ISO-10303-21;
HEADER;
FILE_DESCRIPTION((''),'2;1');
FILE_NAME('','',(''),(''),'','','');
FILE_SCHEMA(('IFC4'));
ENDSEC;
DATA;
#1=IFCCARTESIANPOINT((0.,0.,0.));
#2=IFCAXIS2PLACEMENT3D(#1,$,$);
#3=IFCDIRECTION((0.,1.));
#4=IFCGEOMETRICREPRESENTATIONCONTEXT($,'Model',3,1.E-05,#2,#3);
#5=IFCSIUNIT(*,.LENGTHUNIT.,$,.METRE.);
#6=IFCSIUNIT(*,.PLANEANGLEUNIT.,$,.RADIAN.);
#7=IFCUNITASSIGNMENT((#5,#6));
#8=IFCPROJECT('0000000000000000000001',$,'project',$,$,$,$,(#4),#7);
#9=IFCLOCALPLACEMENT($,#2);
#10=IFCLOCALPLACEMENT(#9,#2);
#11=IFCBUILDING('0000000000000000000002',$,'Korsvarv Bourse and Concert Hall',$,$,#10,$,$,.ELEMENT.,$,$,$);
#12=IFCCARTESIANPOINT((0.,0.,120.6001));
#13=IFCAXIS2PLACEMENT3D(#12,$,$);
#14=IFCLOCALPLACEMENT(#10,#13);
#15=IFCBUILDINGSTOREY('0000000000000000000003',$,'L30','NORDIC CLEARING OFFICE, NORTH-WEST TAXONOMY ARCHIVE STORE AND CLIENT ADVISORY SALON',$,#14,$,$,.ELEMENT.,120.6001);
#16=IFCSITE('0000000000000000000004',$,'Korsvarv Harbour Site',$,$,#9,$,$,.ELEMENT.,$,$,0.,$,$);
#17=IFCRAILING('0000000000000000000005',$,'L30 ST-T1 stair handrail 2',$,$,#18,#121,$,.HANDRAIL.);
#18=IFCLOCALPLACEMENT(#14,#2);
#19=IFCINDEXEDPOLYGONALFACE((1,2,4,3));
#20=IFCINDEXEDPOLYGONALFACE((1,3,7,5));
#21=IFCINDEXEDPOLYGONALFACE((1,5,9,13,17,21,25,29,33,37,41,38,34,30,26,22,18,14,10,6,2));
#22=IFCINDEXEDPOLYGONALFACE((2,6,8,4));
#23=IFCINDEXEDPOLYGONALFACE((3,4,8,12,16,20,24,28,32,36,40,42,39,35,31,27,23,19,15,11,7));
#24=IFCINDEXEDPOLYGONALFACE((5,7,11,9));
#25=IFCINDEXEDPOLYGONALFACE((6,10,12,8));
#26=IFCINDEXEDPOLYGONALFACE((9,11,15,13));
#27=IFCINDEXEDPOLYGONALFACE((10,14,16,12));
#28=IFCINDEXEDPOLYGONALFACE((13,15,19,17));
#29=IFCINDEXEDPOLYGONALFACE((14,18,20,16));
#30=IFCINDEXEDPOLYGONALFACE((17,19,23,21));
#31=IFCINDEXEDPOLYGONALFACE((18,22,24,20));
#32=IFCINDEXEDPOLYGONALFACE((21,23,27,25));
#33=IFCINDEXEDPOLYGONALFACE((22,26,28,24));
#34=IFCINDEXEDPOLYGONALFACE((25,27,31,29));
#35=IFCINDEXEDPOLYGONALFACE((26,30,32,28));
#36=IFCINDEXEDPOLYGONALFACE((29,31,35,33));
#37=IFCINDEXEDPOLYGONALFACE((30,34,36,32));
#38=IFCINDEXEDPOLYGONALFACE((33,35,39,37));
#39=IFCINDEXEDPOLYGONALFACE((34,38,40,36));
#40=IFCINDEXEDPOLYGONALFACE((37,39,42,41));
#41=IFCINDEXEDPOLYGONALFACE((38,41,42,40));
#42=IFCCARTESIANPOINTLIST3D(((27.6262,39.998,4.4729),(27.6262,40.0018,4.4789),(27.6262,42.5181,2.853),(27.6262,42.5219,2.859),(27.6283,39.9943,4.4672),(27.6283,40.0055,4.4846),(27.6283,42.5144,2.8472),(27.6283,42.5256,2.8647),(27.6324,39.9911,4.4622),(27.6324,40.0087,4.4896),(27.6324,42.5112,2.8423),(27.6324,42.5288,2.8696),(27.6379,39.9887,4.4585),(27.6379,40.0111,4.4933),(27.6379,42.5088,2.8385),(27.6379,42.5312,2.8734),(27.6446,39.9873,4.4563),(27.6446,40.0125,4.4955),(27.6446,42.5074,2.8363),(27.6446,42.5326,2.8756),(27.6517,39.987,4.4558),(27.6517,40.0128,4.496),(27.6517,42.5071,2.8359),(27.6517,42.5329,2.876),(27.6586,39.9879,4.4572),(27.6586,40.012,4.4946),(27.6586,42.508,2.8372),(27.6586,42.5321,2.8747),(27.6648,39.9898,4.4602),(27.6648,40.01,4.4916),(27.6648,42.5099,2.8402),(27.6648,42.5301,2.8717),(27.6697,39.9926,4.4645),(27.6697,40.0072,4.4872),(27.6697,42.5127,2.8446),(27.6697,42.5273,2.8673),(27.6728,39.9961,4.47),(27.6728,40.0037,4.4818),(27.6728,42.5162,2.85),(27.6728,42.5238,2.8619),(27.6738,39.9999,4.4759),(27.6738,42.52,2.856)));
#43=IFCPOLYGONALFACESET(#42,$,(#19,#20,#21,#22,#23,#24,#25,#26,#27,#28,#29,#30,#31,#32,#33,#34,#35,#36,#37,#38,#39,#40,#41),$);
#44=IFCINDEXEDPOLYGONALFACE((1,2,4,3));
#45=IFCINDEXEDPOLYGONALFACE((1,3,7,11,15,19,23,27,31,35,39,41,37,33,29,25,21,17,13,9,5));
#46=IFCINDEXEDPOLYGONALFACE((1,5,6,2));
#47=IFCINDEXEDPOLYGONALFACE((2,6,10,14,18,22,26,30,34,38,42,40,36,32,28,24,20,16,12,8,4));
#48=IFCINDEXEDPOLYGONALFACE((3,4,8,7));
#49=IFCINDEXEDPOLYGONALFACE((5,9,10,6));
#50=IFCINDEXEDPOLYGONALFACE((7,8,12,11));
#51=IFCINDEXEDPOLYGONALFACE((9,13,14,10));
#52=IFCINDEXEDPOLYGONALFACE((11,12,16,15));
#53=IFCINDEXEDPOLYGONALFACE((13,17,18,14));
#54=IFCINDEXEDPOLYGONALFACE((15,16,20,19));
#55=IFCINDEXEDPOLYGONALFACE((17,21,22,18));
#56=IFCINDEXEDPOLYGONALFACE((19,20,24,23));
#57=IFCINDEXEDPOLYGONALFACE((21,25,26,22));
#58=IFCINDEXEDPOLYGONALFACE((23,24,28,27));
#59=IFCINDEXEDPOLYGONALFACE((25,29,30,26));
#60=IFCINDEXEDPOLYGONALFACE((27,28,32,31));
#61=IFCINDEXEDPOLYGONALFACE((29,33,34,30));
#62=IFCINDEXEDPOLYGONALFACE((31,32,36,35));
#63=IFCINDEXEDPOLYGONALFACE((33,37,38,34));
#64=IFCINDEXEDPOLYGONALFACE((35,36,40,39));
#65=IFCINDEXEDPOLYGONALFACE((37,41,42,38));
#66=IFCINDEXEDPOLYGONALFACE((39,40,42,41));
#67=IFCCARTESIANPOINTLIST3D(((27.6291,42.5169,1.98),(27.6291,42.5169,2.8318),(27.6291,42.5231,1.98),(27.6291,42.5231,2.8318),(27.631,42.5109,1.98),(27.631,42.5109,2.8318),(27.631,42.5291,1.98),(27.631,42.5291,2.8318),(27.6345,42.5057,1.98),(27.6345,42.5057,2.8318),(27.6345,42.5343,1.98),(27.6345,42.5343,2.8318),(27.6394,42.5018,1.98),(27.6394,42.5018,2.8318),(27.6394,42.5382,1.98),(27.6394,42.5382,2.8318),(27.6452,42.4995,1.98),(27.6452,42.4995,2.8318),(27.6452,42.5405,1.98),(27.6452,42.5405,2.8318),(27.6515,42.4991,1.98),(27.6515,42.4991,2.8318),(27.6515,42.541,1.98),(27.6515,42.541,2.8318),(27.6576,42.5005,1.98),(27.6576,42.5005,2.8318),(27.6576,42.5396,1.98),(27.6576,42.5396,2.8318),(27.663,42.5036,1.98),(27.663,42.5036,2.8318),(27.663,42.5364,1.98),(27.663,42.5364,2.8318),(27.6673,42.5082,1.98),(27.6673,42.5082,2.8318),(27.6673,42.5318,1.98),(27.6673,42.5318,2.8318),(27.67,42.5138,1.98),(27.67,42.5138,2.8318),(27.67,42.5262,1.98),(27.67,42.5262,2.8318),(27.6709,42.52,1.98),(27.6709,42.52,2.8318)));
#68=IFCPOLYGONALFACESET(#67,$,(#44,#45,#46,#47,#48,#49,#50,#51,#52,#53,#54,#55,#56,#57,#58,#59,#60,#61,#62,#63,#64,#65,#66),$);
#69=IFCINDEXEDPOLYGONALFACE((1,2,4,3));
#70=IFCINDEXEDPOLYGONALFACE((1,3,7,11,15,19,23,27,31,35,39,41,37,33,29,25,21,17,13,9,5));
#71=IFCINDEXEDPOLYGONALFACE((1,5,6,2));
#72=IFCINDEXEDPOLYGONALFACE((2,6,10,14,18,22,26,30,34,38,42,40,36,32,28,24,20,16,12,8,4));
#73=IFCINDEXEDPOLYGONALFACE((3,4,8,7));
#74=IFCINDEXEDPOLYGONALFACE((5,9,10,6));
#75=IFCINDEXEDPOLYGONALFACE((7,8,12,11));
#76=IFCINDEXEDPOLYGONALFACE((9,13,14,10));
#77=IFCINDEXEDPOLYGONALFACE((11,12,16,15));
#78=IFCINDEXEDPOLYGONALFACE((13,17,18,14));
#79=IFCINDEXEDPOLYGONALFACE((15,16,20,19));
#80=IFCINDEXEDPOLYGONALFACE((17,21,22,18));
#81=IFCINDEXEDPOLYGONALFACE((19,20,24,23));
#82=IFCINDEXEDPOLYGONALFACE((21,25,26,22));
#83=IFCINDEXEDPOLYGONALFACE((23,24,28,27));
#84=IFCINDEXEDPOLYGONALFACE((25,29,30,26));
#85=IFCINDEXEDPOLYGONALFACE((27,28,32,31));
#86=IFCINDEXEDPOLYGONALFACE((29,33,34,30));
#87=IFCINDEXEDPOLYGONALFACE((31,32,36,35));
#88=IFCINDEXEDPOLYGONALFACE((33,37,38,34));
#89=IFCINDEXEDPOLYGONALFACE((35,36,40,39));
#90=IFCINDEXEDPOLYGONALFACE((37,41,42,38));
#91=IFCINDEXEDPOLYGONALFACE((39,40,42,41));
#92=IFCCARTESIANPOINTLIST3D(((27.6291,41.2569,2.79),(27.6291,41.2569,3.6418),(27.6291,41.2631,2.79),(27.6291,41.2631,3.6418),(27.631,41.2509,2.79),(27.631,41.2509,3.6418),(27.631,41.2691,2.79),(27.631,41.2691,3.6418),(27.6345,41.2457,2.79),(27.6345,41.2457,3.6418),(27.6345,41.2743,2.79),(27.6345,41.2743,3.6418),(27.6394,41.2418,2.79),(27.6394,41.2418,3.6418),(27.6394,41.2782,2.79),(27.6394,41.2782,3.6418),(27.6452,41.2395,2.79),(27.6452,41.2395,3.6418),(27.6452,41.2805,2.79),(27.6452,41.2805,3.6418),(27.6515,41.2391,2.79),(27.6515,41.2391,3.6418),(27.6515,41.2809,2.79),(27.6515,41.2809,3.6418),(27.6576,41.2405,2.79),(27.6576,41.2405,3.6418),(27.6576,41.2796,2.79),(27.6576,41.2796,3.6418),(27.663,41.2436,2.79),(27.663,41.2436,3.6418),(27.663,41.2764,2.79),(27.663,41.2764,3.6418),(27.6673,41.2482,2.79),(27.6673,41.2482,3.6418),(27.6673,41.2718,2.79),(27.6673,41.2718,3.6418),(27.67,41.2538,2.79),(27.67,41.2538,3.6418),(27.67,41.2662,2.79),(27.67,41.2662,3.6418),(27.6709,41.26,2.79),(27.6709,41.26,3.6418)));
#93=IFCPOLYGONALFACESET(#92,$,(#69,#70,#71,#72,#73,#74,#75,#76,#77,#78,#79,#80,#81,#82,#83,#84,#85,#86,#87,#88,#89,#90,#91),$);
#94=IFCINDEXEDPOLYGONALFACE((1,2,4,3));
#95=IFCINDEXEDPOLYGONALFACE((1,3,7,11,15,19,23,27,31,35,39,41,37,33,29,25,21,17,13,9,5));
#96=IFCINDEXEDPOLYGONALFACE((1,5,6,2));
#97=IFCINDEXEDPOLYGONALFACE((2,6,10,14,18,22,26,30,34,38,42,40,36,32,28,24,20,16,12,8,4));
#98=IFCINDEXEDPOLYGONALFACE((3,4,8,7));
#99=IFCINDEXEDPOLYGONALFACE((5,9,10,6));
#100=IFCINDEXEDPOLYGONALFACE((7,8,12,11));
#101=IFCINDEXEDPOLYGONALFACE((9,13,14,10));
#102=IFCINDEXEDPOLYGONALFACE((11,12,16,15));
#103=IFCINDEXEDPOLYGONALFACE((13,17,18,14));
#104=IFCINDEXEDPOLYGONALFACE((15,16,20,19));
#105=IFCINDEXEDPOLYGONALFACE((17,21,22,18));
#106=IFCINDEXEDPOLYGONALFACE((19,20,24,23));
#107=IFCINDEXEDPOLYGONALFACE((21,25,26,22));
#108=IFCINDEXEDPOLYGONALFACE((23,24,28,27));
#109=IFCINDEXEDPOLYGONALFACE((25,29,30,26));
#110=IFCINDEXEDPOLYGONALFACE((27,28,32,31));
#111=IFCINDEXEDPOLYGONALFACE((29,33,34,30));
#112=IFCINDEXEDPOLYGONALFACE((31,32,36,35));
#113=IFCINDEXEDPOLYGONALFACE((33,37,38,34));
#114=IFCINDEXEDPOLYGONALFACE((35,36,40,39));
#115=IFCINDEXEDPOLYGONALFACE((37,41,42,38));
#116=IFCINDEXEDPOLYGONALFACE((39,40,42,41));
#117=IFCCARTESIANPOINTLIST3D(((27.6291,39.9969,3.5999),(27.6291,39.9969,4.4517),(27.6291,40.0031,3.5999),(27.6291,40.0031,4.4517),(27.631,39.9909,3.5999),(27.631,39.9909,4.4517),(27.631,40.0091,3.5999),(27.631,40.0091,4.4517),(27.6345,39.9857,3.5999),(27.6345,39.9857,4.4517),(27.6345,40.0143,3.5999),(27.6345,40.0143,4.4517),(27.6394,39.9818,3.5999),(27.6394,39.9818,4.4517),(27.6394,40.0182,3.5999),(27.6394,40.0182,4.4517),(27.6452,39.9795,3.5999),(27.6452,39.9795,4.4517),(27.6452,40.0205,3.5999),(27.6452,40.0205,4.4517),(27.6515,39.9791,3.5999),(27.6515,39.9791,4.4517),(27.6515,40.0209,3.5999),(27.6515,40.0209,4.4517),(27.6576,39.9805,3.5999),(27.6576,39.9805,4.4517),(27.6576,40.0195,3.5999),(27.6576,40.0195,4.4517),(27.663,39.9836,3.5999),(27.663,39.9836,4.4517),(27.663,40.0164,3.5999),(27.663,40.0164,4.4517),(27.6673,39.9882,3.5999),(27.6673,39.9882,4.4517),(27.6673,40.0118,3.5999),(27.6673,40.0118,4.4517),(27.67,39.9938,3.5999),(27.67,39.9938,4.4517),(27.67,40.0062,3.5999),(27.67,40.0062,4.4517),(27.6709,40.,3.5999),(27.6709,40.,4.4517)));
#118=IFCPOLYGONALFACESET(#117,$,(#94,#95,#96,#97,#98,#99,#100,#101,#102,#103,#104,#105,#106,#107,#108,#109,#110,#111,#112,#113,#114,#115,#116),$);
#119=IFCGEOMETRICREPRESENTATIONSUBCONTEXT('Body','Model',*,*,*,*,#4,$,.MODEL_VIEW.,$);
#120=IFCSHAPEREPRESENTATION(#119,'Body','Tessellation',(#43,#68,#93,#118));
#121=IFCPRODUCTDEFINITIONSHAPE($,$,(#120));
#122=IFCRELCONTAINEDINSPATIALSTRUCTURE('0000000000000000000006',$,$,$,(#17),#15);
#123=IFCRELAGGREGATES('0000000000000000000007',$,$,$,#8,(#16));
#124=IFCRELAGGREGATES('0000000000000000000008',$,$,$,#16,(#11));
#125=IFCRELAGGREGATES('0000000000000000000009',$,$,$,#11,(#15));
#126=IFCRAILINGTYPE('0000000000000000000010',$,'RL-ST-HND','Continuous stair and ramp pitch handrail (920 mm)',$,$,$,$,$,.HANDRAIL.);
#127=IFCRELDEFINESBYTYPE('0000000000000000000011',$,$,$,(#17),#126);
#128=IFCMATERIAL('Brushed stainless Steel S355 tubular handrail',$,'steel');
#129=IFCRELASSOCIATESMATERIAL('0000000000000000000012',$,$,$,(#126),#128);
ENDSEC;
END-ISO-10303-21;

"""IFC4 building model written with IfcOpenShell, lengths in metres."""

from ifc_helpers import new_model, si_unit, direction, frame, origin, origin_2d, place, context, subcontext, project, spatial, circle, extrude, material, type_object, element, save


model = new_model("IFC4")

# Units and contexts
model_context = context("Model", 3, precision=1e-05, world=origin(), true_north=direction((0.0, 1.0)))
body_context = subcontext(model_context, "Body", "Model", "MODEL_VIEW")
ifc_project = project(units=[si_unit("LENGTHUNIT", "METRE"), si_unit("PLANEANGLEUNIT", "RADIAN")], contexts=[model_context])

# Site, building, storey
site_placement = place(None, origin())
site = spatial("IfcSite", under=ifc_project, at=site_placement, Name="Korsvarv Harbour Site", CompositionType="ELEMENT", RefElevation=0.0)
building_placement = place(site_placement, origin())
building = spatial("IfcBuilding", under=site, at=building_placement, Name="Korsvarv Bourse and Concert Hall", CompositionType="ELEMENT")
storey_placement = place(building_placement, frame((0.0, 0.0, 120.6001)))
storey = spatial("IfcBuildingStorey", under=building, at=storey_placement, Name="L30", Description="NORDIC CLEARING OFFICE, NORTH-WEST TAXONOMY ARCHIVE STORE AND CLIENT ADVISORY SALON", CompositionType="ELEMENT", Elevation=120.6001)

# Railing
ifc_material_1 = material(Name="Brushed stainless Steel S355 tubular handrail", Category="steel")
railing_type_1 = type_object("IfcRailingType", Name="RL-ST-HND", Description="Continuous stair and ramp pitch handrail (920 mm)", PredefinedType="HANDRAIL", material=ifc_material_1)
railing_1_placement = place(storey_placement, frame((27.6499, 42.52, 1.98)))
element("IfcRailing", 1, at=railing_1_placement, inside=storey, type_object=railing_type_1, Name="L30 ST-T1 stair handrail 2", PredefinedType="HANDRAIL", context=body_context, shape_type="SweptSolid", body=[
    extrude(circle(Radius=0.0239, at=origin_2d()), frame((0.0, 0.0, 0.876), z_axis=(0.0, -0.8412, 0.540725), x_axis=(1.0, 0.0, 0.0)), (0.0, 0.0, 1.0), 2.9958),
    extrude(circle(Radius=0.021, at=origin_2d()), origin(), (0.0, 0.0, 1.0), 0.8518),
    extrude(circle(Radius=0.021, at=origin_2d()), frame((0.0, -1.26, 0.8101)), (0.0, 0.0, 1.0), 0.8518),
    extrude(circle(Radius=0.021, at=origin_2d()), frame((0.0, -2.52, 1.6199)), (0.0, 0.0, 1.0), 0.8518),
])

save(model, "model.ifc")
